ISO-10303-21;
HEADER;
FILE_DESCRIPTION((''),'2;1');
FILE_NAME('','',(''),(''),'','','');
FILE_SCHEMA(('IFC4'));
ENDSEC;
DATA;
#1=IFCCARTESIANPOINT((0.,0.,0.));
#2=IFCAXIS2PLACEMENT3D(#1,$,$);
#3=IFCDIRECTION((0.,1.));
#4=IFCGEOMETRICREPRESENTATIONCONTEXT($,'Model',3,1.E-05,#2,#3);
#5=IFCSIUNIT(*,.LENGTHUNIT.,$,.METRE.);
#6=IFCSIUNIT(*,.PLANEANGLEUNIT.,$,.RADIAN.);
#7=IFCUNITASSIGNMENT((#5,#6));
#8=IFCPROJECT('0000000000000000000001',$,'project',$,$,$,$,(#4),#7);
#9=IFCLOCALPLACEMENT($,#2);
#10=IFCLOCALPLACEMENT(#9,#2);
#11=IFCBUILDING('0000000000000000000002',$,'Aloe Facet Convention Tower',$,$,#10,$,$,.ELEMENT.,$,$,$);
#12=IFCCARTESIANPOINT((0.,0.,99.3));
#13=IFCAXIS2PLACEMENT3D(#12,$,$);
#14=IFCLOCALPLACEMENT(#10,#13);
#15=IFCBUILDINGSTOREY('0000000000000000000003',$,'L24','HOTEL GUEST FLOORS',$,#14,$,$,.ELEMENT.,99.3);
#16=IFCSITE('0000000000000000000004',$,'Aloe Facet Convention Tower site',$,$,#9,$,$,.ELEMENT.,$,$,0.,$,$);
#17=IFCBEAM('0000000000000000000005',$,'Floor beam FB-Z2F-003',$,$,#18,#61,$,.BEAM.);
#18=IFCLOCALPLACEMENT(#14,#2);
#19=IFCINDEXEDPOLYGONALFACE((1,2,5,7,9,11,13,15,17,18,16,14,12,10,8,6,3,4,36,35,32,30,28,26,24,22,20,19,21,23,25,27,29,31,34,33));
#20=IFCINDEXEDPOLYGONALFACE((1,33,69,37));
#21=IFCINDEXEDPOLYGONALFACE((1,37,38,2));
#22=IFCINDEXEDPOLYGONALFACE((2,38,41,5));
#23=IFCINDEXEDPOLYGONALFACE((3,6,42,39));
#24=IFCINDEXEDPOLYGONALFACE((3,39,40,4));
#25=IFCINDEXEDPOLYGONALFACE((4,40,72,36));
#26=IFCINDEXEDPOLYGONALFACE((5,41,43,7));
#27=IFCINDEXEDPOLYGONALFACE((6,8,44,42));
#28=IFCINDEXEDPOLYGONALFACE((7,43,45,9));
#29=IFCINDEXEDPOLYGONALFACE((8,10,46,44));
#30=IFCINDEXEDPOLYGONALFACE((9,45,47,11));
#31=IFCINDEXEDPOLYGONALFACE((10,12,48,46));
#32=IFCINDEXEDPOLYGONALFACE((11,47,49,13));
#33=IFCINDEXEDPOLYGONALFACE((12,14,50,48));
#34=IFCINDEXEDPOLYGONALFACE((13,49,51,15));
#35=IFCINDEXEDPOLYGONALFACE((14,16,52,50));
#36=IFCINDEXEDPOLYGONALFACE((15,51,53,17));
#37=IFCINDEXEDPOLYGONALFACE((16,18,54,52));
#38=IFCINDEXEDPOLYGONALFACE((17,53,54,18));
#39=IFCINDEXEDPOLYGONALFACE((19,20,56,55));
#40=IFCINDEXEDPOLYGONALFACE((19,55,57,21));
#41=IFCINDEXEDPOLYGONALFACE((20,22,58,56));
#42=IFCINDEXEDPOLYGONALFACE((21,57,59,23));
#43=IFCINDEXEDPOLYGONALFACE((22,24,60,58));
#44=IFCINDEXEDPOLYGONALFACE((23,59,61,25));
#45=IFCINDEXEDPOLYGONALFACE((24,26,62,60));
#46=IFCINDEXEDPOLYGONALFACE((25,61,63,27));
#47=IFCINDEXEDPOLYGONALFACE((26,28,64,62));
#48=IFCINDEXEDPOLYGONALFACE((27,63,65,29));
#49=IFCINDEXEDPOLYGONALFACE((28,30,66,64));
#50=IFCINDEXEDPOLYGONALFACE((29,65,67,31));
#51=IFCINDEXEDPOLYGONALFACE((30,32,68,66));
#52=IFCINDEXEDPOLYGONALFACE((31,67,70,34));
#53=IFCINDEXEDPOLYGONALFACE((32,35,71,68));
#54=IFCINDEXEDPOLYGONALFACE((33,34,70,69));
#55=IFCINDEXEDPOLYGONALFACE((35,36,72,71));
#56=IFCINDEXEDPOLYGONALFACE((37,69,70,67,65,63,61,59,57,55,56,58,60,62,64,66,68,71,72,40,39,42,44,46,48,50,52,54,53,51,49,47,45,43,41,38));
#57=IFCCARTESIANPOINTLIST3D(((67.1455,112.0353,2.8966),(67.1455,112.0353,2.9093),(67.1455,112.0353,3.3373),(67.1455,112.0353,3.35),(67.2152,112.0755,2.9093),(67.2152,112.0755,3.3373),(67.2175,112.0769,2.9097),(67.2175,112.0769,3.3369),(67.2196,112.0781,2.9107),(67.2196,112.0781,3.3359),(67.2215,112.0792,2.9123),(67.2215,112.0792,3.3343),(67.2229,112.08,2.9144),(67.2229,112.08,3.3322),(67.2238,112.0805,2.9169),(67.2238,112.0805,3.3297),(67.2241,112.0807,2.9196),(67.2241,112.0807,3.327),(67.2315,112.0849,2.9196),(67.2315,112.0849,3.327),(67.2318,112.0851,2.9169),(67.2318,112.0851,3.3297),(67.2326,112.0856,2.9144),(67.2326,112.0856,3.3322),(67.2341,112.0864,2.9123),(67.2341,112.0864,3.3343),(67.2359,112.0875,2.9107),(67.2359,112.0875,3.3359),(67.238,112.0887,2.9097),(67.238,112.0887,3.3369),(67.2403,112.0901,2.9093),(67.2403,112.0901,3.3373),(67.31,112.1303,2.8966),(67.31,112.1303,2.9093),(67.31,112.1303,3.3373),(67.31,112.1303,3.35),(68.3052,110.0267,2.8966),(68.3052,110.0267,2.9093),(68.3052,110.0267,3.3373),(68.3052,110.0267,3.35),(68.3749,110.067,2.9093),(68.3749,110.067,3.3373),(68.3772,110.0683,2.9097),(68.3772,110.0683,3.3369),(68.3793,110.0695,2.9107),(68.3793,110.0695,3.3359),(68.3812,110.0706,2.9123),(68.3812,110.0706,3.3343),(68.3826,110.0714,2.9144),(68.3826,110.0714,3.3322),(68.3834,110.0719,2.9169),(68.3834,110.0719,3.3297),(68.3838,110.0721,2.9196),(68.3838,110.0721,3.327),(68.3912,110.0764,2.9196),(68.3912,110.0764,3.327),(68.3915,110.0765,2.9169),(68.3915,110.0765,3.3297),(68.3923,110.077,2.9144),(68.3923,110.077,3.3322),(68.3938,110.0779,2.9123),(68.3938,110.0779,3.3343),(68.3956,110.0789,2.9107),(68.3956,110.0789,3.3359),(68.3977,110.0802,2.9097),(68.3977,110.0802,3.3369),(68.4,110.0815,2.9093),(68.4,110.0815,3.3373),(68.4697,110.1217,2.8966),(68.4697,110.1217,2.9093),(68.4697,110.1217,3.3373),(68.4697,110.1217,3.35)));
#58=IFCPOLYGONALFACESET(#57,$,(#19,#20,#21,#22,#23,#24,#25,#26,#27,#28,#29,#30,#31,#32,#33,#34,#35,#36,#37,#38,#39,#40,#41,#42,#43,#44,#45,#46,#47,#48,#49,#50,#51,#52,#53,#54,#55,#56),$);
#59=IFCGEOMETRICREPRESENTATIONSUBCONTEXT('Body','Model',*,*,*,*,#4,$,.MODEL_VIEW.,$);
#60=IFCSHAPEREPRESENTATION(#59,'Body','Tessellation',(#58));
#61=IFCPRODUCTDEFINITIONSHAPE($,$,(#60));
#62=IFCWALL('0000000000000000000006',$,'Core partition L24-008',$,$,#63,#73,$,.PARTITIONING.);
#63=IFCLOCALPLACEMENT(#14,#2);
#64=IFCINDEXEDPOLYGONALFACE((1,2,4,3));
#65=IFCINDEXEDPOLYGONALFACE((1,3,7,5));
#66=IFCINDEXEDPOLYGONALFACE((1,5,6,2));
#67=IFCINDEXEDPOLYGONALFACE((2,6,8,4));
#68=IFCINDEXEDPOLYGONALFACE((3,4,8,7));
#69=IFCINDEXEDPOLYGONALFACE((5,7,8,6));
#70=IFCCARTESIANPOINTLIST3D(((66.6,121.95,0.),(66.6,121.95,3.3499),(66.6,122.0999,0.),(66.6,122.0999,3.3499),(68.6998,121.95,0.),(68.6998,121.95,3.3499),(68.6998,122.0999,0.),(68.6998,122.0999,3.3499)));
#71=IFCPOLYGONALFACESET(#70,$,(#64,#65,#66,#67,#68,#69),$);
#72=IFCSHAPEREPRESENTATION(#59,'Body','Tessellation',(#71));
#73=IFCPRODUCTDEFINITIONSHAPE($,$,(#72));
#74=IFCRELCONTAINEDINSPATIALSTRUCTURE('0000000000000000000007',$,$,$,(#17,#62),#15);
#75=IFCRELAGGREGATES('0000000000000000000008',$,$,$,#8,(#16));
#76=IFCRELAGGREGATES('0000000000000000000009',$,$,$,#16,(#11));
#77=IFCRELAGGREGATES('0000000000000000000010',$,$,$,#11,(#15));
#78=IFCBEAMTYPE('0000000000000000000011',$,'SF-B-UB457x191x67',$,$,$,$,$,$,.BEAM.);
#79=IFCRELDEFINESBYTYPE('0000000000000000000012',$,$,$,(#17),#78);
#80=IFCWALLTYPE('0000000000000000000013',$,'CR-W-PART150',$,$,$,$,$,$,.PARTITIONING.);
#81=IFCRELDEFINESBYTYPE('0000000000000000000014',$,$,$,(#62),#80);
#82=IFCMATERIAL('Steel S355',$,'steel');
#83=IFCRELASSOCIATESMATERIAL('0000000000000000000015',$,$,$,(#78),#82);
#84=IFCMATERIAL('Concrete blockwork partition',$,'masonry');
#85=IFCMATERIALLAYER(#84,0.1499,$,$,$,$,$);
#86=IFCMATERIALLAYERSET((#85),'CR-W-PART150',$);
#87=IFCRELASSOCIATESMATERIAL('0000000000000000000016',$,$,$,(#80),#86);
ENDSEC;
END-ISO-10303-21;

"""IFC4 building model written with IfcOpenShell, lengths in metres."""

from ifc_helpers import new_model, si_unit, direction, frame, frame_2d, origin, origin_2d, place, context, subcontext, project, spatial, rectangle, i_section, extrude, material, layer, layer_set, material_profile, profile_set, type_object, element, save


model = new_model("IFC4")

# Units and contexts
model_context = context("Model", 3, precision=1e-05, world=origin(), true_north=direction((0.0, 1.0)))
body_context = subcontext(model_context, "Body", "Model", "MODEL_VIEW")
ifc_project = project(units=[si_unit("LENGTHUNIT", "METRE"), si_unit("PLANEANGLEUNIT", "RADIAN")], contexts=[model_context])

# Site, building, storey
site_placement = place(None, origin())
site = spatial("IfcSite", under=ifc_project, at=site_placement, Name="Aloe Facet Convention Tower site", CompositionType="ELEMENT", RefElevation=0.0)
building_placement = place(site_placement, origin())
building = spatial("IfcBuilding", under=site, at=building_placement, Name="Aloe Facet Convention Tower", CompositionType="ELEMENT")
storey_placement = place(building_placement, frame((0.0, 0.0, 99.3)))
storey = spatial("IfcBuildingStorey", under=building, at=storey_placement, Name="L24", Description="HOTEL GUEST FLOORS", CompositionType="ELEMENT", Elevation=99.3)

# Beam
ifc_material_1 = material(Name="Steel S355", Category="steel")
ifc_material_profile_1 = material_profile(ifc_material_1, i_section(OverallWidth=0.1899, OverallDepth=0.4534, WebThickness=0.0085, FlangeThickness=0.0127, FilletRadius=0.0103, at=origin_2d()), Name="UB 457x191x67")
ifc_profile_set_1 = profile_set([ifc_material_profile_1], Name="Steel S355")
beam_type_1 = type_object("IfcBeamType", Name="SF-B-UB457x191x67", PredefinedType="BEAM", material=ifc_profile_set_1)
beam_1_placement = place(storey_placement, frame((68.3875, 110.0742, 3.1233), z_axis=(-0.500011, 0.866019, 0.0), x_axis=(-0.866019, -0.500011, 0.0)))
element("IfcBeam", 1, at=beam_1_placement, inside=storey, type_object=beam_type_1, Name="Floor beam FB-Z2F-003", PredefinedType="BEAM", context=body_context, shape_type="SweptSolid", body=[
    extrude(i_section(OverallWidth=0.1899, OverallDepth=0.4534, WebThickness=0.0085, FlangeThickness=0.0127, FilletRadius=0.0103, at=origin_2d()), origin(), (0.0, 0.0, 1.0), 2.3193),
])

# Wall
ifc_material_2 = material(Name="Concrete blockwork partition", Category="masonry")
ifc_layer_1 = layer(ifc_material_2, 0.1499)
ifc_layer_set_1 = layer_set([ifc_layer_1], Name="CR-W-PART150")
wall_type_1 = type_object("IfcWallType", Name="CR-W-PART150", PredefinedType="PARTITIONING", material=ifc_layer_set_1)
wall_1_placement = place(storey_placement, frame((66.6001, 122.0249, 0.0), z_axis=(0.0, 0.0, 1.0), x_axis=(1.0, 0.0, 0.0)))
element("IfcWall", 2, at=wall_1_placement, inside=storey, type_object=wall_type_1, Name="Core partition L24-008", PredefinedType="PARTITIONING", context=body_context, shape_type="SweptSolid", body=[
    extrude(rectangle(XDim=2.0999, YDim=0.1499, at=frame_2d((1.0498, 0.0))), origin(), (0.0, 0.0, 1.0), 3.3499),
])

save(model, "model.ifc")
